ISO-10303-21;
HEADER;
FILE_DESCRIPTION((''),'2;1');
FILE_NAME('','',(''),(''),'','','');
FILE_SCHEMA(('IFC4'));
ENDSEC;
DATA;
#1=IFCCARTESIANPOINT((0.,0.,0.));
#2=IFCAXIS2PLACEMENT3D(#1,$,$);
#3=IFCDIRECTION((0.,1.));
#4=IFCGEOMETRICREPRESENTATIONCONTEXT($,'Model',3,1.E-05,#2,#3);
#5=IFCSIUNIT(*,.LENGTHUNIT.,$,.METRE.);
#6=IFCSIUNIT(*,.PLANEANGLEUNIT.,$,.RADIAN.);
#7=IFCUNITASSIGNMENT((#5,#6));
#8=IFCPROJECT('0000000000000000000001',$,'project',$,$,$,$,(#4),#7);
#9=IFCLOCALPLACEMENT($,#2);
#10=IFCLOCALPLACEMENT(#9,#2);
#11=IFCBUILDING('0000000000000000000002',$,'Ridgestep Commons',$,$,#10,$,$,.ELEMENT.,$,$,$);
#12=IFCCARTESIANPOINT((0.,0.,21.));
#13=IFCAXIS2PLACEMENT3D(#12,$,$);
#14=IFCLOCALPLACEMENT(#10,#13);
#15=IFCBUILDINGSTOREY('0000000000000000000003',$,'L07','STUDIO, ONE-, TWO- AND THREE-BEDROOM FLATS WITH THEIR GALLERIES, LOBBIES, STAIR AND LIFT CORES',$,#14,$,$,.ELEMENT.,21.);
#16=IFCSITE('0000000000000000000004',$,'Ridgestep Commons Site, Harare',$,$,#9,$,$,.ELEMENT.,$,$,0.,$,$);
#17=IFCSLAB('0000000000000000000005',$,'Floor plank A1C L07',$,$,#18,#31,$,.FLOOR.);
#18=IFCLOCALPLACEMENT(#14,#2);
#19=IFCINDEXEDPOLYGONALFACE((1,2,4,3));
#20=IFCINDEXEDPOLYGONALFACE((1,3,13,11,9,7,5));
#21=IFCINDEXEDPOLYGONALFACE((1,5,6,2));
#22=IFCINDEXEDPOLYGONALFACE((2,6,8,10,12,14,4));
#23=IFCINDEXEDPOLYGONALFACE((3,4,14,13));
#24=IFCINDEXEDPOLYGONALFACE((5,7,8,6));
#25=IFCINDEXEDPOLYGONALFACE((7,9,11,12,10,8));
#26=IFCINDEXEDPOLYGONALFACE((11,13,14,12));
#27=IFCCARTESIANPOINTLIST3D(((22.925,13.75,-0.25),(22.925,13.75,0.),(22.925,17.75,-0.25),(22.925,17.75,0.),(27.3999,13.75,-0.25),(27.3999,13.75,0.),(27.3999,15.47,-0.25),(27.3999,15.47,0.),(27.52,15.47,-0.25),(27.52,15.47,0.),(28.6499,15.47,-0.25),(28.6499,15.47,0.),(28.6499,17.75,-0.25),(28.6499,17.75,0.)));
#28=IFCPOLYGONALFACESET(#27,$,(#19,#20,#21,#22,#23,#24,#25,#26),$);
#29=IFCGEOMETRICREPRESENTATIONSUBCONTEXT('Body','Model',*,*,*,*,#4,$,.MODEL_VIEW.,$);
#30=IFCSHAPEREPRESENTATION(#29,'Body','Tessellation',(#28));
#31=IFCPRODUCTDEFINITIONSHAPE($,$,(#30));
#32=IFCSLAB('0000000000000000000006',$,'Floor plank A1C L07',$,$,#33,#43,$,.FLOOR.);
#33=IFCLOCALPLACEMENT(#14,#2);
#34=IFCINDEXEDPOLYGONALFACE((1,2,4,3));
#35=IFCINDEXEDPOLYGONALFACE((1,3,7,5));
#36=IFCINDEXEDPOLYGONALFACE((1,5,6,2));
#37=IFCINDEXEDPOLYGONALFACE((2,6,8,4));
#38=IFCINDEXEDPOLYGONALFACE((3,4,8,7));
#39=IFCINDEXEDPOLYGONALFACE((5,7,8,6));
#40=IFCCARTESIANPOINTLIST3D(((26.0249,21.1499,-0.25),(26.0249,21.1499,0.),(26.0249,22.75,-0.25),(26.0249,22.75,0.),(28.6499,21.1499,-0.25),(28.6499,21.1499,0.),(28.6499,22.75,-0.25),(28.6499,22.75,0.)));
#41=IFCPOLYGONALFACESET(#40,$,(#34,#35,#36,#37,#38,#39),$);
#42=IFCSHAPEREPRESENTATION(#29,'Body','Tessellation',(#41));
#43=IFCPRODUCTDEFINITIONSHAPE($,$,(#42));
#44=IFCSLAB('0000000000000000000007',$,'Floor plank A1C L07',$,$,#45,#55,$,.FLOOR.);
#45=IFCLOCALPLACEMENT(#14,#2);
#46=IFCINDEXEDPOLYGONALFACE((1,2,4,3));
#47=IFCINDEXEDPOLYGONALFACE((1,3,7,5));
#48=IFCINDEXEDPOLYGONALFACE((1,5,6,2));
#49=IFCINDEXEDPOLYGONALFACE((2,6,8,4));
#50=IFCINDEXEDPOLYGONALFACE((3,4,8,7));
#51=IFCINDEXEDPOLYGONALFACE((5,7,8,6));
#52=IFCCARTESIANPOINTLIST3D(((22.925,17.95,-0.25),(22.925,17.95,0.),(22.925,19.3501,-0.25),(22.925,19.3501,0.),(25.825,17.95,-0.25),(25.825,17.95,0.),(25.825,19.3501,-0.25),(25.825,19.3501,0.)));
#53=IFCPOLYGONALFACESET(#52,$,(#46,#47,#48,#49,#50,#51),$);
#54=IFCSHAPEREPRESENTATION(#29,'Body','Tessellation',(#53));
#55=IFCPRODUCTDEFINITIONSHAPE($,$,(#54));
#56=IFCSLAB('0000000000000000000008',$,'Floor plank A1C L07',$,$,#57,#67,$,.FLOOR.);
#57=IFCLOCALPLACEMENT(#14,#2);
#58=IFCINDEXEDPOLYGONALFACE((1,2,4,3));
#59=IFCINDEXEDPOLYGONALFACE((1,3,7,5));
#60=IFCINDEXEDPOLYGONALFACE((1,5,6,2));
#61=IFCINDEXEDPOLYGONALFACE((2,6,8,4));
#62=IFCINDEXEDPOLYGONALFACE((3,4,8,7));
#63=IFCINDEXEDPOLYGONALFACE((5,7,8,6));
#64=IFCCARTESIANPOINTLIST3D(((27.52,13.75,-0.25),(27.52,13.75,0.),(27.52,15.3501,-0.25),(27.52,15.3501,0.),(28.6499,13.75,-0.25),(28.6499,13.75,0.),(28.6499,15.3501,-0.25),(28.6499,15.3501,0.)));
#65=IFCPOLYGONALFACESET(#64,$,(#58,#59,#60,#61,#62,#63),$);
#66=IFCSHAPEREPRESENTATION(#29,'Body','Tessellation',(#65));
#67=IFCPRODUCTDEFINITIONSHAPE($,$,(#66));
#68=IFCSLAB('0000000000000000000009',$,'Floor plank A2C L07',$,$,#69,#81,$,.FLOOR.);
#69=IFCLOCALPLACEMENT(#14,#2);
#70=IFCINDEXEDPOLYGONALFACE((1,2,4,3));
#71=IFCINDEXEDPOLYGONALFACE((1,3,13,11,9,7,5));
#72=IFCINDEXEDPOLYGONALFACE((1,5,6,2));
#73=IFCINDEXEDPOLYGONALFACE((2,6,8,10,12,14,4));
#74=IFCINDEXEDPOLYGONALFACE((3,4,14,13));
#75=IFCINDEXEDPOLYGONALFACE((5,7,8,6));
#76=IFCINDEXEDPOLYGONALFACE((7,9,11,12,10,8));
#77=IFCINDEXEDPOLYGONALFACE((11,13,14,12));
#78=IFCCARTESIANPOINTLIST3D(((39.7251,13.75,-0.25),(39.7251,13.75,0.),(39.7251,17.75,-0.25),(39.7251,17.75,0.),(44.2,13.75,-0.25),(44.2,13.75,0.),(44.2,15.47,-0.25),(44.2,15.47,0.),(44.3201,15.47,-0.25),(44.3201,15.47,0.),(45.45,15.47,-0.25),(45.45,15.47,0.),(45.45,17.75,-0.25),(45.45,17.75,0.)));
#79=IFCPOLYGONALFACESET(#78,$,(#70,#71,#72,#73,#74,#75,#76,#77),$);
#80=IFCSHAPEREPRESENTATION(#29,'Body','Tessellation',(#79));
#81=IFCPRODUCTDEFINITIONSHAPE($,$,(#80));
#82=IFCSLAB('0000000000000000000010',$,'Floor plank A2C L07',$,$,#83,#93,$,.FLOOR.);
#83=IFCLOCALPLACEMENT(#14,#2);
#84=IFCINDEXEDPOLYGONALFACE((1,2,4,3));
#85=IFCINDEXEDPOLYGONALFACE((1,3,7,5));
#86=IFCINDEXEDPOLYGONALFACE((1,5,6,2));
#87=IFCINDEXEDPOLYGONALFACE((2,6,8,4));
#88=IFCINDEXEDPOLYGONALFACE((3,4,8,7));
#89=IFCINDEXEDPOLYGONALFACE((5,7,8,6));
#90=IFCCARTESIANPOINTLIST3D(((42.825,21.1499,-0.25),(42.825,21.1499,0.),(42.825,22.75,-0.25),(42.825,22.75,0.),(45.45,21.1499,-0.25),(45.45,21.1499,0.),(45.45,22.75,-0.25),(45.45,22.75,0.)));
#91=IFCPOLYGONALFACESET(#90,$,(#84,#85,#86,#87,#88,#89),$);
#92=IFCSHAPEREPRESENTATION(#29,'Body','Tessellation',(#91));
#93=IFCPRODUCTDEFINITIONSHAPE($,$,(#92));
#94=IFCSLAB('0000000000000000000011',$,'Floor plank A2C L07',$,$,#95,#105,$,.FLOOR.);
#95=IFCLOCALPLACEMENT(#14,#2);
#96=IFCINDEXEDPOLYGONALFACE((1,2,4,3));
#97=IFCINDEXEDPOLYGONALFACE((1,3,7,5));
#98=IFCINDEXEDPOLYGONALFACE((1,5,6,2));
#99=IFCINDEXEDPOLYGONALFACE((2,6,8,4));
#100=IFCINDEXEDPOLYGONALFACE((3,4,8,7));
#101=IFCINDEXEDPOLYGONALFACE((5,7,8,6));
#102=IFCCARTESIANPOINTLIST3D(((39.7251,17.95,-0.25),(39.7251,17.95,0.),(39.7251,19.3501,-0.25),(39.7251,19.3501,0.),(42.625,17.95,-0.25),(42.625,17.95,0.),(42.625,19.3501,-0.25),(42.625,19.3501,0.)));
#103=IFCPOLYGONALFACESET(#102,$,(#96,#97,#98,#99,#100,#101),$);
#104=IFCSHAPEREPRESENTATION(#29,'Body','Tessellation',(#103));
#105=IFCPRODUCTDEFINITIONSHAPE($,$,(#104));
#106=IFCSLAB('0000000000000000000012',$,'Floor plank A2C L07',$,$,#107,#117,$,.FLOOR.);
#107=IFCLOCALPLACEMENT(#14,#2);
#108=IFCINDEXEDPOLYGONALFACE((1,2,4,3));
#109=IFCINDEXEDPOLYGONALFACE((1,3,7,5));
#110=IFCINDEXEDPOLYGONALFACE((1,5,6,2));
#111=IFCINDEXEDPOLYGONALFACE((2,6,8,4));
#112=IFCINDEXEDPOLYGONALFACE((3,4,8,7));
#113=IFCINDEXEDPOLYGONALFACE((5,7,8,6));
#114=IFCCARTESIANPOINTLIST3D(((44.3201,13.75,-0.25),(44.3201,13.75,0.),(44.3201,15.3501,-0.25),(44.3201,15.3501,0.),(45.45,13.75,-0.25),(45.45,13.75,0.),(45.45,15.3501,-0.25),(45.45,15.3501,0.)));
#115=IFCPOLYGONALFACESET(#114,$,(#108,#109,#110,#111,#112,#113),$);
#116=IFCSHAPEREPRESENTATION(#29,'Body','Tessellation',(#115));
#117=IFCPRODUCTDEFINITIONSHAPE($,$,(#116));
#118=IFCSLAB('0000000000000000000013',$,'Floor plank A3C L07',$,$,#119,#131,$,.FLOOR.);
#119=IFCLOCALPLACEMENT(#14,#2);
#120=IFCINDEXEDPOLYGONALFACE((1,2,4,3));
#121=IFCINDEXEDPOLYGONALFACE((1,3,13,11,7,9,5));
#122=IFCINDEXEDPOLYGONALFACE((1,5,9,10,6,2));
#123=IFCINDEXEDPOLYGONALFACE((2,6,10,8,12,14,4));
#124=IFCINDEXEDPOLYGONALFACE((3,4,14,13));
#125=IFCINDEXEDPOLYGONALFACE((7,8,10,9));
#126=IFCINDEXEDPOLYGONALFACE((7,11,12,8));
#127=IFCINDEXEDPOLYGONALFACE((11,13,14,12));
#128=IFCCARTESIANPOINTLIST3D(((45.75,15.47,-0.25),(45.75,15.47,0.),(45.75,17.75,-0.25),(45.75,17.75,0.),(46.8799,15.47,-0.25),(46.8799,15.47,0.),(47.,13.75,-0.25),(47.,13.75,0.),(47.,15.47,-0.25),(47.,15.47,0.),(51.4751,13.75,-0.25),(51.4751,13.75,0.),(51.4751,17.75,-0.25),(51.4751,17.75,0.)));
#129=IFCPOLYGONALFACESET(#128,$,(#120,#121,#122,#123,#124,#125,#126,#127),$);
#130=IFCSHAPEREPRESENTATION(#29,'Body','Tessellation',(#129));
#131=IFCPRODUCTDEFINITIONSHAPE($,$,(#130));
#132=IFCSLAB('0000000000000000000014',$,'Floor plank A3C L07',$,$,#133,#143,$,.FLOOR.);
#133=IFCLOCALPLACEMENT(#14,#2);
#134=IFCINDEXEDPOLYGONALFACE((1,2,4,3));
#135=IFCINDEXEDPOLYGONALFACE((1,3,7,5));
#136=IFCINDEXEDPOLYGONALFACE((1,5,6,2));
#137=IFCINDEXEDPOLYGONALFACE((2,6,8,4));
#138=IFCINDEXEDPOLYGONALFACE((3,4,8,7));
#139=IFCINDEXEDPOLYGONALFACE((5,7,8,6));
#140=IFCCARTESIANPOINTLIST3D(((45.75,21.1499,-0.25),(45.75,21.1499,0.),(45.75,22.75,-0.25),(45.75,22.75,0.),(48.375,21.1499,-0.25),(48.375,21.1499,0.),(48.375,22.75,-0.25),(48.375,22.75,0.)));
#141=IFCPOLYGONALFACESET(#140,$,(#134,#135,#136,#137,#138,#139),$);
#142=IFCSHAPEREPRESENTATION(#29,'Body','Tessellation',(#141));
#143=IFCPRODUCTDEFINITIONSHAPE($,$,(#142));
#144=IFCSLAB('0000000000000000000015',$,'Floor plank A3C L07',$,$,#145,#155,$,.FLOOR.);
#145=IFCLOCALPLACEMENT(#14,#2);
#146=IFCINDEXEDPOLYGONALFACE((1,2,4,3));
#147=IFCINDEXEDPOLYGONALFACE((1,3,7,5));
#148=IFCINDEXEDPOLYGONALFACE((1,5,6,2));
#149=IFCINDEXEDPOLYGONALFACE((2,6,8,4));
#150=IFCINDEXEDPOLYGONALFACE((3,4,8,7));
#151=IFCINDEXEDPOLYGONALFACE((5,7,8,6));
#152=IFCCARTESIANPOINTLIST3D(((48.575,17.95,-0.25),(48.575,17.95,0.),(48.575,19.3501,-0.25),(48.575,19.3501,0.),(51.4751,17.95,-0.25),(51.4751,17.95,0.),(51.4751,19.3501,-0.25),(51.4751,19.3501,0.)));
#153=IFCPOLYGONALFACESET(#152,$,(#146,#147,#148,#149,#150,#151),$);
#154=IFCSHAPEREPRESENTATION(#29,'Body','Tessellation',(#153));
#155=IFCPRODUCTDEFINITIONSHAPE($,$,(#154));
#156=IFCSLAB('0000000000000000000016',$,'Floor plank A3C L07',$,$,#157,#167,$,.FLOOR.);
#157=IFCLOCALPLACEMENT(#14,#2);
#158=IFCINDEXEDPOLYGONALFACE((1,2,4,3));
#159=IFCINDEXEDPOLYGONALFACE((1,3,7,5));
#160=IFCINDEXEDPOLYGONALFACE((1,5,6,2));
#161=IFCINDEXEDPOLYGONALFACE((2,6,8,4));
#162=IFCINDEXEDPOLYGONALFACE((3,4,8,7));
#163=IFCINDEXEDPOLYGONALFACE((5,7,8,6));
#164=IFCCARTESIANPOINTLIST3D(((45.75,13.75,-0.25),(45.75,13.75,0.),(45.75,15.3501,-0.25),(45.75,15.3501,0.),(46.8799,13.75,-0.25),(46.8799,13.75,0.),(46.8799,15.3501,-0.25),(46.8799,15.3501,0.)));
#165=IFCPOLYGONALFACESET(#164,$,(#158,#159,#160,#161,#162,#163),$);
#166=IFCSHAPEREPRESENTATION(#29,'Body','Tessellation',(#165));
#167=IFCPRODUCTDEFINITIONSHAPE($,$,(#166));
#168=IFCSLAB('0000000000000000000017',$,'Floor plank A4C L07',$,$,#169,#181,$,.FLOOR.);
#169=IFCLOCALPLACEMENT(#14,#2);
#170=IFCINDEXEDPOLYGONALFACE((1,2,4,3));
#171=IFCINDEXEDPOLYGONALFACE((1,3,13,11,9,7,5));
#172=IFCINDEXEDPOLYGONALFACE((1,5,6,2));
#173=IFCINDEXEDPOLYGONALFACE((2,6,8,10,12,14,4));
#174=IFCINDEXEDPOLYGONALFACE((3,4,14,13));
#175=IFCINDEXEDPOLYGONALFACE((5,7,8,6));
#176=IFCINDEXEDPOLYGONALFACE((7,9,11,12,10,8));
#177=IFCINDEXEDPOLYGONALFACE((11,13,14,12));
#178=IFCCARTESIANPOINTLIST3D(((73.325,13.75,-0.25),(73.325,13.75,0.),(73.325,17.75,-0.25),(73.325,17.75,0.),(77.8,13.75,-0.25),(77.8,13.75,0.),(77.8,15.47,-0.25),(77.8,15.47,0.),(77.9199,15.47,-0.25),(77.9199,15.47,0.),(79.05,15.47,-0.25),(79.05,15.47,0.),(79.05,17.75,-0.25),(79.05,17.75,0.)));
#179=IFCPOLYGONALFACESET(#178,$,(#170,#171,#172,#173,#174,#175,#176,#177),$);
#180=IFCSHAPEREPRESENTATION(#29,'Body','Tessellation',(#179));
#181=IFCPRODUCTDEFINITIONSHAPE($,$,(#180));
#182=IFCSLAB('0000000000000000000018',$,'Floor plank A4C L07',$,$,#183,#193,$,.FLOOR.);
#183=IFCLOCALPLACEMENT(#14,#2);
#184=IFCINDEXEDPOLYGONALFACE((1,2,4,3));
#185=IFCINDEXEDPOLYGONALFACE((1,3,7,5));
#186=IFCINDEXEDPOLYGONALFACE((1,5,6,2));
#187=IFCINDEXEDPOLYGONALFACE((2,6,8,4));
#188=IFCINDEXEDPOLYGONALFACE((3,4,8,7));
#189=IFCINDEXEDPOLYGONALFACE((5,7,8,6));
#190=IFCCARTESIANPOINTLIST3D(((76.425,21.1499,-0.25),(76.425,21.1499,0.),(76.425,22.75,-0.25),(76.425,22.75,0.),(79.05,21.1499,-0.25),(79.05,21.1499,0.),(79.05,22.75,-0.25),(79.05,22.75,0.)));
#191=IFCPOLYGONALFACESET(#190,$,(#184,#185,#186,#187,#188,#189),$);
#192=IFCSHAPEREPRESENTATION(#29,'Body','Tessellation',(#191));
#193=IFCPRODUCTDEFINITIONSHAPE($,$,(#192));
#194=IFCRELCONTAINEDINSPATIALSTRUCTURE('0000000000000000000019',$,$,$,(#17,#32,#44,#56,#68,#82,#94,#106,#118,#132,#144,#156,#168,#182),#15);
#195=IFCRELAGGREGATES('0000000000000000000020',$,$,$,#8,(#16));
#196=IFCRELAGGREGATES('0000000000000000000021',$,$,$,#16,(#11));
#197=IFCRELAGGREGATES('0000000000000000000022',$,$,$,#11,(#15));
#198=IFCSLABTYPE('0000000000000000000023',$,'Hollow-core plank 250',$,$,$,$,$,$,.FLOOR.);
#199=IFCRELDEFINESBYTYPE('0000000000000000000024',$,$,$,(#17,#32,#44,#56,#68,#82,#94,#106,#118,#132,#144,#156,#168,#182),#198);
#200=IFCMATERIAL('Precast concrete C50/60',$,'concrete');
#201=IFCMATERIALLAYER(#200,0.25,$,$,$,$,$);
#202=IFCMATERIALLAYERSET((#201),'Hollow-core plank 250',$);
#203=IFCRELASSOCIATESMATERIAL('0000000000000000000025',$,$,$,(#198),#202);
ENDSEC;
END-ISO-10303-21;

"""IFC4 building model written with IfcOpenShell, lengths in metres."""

from ifc_helpers import new_model, si_unit, direction, frame, origin, place, context, subcontext, project, spatial, polyline, outline, extrude, material, layer, layer_set, type_object, element, save


model = new_model("IFC4")

# Units and contexts
model_context = context("Model", 3, precision=1e-05, world=origin(), true_north=direction((0.0, 1.0)))
body_context = subcontext(model_context, "Body", "Model", "MODEL_VIEW")
ifc_project = project(units=[si_unit("LENGTHUNIT", "METRE"), si_unit("PLANEANGLEUNIT", "RADIAN")], contexts=[model_context])

# Site, building, storey
site_placement = place(None, origin())
site = spatial("IfcSite", under=ifc_project, at=site_placement, Name="Ridgestep Commons Site, Harare", CompositionType="ELEMENT", RefElevation=0.0)
building_placement = place(site_placement, origin())
building = spatial("IfcBuilding", under=site, at=building_placement, Name="Ridgestep Commons", CompositionType="ELEMENT")
storey_placement = place(building_placement, frame((0.0, 0.0, 21.0)))
storey = spatial("IfcBuildingStorey", under=building, at=storey_placement, Name="L07", Description="STUDIO, ONE-, TWO- AND THREE-BEDROOM FLATS WITH THEIR GALLERIES, LOBBIES, STAIR AND LIFT CORES", CompositionType="ELEMENT", Elevation=21.0)

# Slabs
ifc_material_1 = material(Name="Precast concrete C50/60", Category="concrete")
ifc_layer_1 = layer(ifc_material_1, 0.25)
ifc_layer_set_1 = layer_set([ifc_layer_1], Name="Hollow-core plank 250")
slab_type_1 = type_object("IfcSlabType", Name="Hollow-core plank 250", PredefinedType="FLOOR", material=ifc_layer_set_1)
slab_1_placement = place(storey_placement, frame((0.0, 0.0, -0.25)))
element("IfcSlab", 1, at=slab_1_placement, inside=storey, type_object=slab_type_1, Name="Floor plank A1C L07", PredefinedType="FLOOR", context=body_context, shape_type="SweptSolid", body=[
    extrude(outline(polyline([(27.52, 15.47), (28.6499, 15.47), (28.6499, 17.75), (22.925, 17.75), (22.925, 13.75), (27.3999, 13.75), (27.3999, 15.47), (27.52, 15.47)])), origin(), (0.0, 0.0, 1.0), 0.25),
])
slab_2_placement = place(storey_placement, frame((0.0, 0.0, -0.25)))
element("IfcSlab", 2, at=slab_2_placement, inside=storey, type_object=slab_type_1, Name="Floor plank A1C L07", PredefinedType="FLOOR", context=body_context, shape_type="SweptSolid", body=[
    extrude(outline(polyline([(28.6499, 21.1499), (28.6499, 22.75), (26.0249, 22.75), (26.0249, 21.1499), (28.6499, 21.1499)])), origin(), (0.0, 0.0, 1.0), 0.25),
])
slab_3_placement = place(storey_placement, frame((0.0, 0.0, -0.25)))
element("IfcSlab", 3, at=slab_3_placement, inside=storey, type_object=slab_type_1, Name="Floor plank A1C L07", PredefinedType="FLOOR", context=body_context, shape_type="SweptSolid", body=[
    extrude(outline(polyline([(25.825, 17.95), (25.825, 19.3501), (22.925, 19.3501), (22.925, 17.95), (25.825, 17.95)])), origin(), (0.0, 0.0, 1.0), 0.25),
])
slab_4_placement = place(storey_placement, frame((0.0, 0.0, -0.25)))
element("IfcSlab", 4, at=slab_4_placement, inside=storey, type_object=slab_type_1, Name="Floor plank A1C L07", PredefinedType="FLOOR", context=body_context, shape_type="SweptSolid", body=[
    extrude(outline(polyline([(27.52, 13.75), (28.6499, 13.75), (28.6499, 15.3501), (27.52, 15.3501), (27.52, 13.75)])), origin(), (0.0, 0.0, 1.0), 0.25),
])
slab_5_placement = place(storey_placement, frame((0.0, 0.0, -0.25)))
element("IfcSlab", 5, at=slab_5_placement, inside=storey, type_object=slab_type_1, Name="Floor plank A2C L07", PredefinedType="FLOOR", context=body_context, shape_type="SweptSolid", body=[
    extrude(outline(polyline([(44.3201, 15.47), (45.45, 15.47), (45.45, 17.75), (39.7251, 17.75), (39.7251, 13.75), (44.2, 13.75), (44.2, 15.47), (44.3201, 15.47)])), origin(), (0.0, 0.0, 1.0), 0.25),
])
slab_6_placement = place(storey_placement, frame((0.0, 0.0, -0.25)))
element("IfcSlab", 6, at=slab_6_placement, inside=storey, type_object=slab_type_1, Name="Floor plank A2C L07", PredefinedType="FLOOR", context=body_context, shape_type="SweptSolid", body=[
    extrude(outline(polyline([(45.45, 21.1499), (45.45, 22.75), (42.825, 22.75), (42.825, 21.1499), (45.45, 21.1499)])), origin(), (0.0, 0.0, 1.0), 0.25),
])
slab_7_placement = place(storey_placement, frame((0.0, 0.0, -0.25)))
element("IfcSlab", 7, at=slab_7_placement, inside=storey, type_object=slab_type_1, Name="Floor plank A2C L07", PredefinedType="FLOOR", context=body_context, shape_type="SweptSolid", body=[
    extrude(outline(polyline([(42.625, 17.95), (42.625, 19.3501), (39.7251, 19.3501), (39.7251, 17.95), (42.625, 17.95)])), origin(), (0.0, 0.0, 1.0), 0.25),
])
slab_8_placement = place(storey_placement, frame((0.0, 0.0, -0.25)))
element("IfcSlab", 8, at=slab_8_placement, inside=storey, type_object=slab_type_1, Name="Floor plank A2C L07", PredefinedType="FLOOR", context=body_context, shape_type="SweptSolid", body=[
    extrude(outline(polyline([(44.3201, 13.75), (45.45, 13.75), (45.45, 15.3501), (44.3201, 15.3501), (44.3201, 13.75)])), origin(), (0.0, 0.0, 1.0), 0.25),
])
slab_9_placement = place(storey_placement, frame((0.0, 0.0, -0.25)))
element("IfcSlab", 9, at=slab_9_placement, inside=storey, type_object=slab_type_1, Name="Floor plank A3C L07", PredefinedType="FLOOR", context=body_context, shape_type="SweptSolid", body=[
    extrude(outline(polyline([(47.0, 13.75), (51.4751, 13.75), (51.4751, 17.75), (45.75, 17.75), (45.75, 15.47), (46.8799, 15.47), (47.0, 15.47), (47.0, 13.75)])), origin(), (0.0, 0.0, 1.0), 0.25),
])
slab_10_placement = place(storey_placement, frame((0.0, 0.0, -0.25)))
element("IfcSlab", 10, at=slab_10_placement, inside=storey, type_object=slab_type_1, Name="Floor plank A3C L07", PredefinedType="FLOOR", context=body_context, shape_type="SweptSolid", body=[
    extrude(outline(polyline([(48.375, 22.75), (45.75, 22.75), (45.75, 21.1499), (48.375, 21.1499), (48.375, 22.75)])), origin(), (0.0, 0.0, 1.0), 0.25),
])
slab_11_placement = place(storey_placement, frame((0.0, 0.0, -0.25)))
element("IfcSlab", 11, at=slab_11_placement, inside=storey, type_object=slab_type_1, Name="Floor plank A3C L07", PredefinedType="FLOOR", context=body_context, shape_type="SweptSolid", body=[
    extrude(outline(polyline([(51.4751, 17.95), (51.4751, 19.3501), (48.575, 19.3501), (48.575, 17.95), (51.4751, 17.95)])), origin(), (0.0, 0.0, 1.0), 0.25),
])
slab_12_placement = place(storey_placement, frame((0.0, 0.0, -0.25)))
element("IfcSlab", 12, at=slab_12_placement, inside=storey, type_object=slab_type_1, Name="Floor plank A3C L07", PredefinedType="FLOOR", context=body_context, shape_type="SweptSolid", body=[
    extrude(outline(polyline([(46.8799, 15.3501), (45.75, 15.3501), (45.75, 13.75), (46.8799, 13.75), (46.8799, 15.3501)])), origin(), (0.0, 0.0, 1.0), 0.25),
])
slab_13_placement = place(storey_placement, frame((0.0, 0.0, -0.25)))
element("IfcSlab", 13, at=slab_13_placement, inside=storey, type_object=slab_type_1, Name="Floor plank A4C L07", PredefinedType="FLOOR", context=body_context, shape_type="SweptSolid", body=[
    extrude(outline(polyline([(77.9199, 15.47), (79.05, 15.47), (79.05, 17.75), (73.325, 17.75), (73.325, 13.75), (77.8, 13.75), (77.8, 15.47), (77.9199, 15.47)])), origin(), (0.0, 0.0, 1.0), 0.25),
])
slab_14_placement = place(storey_placement, frame((0.0, 0.0, -0.25)))
element("IfcSlab", 14, at=slab_14_placement, inside=storey, type_object=slab_type_1, Name="Floor plank A4C L07", PredefinedType="FLOOR", context=body_context, shape_type="SweptSolid", body=[
    extrude(outline(polyline([(79.05, 21.1499), (79.05, 22.75), (76.425, 22.75), (76.425, 21.1499), (79.05, 21.1499)])), origin(), (0.0, 0.0, 1.0), 0.25),
])

save(model, "model.ifc")
